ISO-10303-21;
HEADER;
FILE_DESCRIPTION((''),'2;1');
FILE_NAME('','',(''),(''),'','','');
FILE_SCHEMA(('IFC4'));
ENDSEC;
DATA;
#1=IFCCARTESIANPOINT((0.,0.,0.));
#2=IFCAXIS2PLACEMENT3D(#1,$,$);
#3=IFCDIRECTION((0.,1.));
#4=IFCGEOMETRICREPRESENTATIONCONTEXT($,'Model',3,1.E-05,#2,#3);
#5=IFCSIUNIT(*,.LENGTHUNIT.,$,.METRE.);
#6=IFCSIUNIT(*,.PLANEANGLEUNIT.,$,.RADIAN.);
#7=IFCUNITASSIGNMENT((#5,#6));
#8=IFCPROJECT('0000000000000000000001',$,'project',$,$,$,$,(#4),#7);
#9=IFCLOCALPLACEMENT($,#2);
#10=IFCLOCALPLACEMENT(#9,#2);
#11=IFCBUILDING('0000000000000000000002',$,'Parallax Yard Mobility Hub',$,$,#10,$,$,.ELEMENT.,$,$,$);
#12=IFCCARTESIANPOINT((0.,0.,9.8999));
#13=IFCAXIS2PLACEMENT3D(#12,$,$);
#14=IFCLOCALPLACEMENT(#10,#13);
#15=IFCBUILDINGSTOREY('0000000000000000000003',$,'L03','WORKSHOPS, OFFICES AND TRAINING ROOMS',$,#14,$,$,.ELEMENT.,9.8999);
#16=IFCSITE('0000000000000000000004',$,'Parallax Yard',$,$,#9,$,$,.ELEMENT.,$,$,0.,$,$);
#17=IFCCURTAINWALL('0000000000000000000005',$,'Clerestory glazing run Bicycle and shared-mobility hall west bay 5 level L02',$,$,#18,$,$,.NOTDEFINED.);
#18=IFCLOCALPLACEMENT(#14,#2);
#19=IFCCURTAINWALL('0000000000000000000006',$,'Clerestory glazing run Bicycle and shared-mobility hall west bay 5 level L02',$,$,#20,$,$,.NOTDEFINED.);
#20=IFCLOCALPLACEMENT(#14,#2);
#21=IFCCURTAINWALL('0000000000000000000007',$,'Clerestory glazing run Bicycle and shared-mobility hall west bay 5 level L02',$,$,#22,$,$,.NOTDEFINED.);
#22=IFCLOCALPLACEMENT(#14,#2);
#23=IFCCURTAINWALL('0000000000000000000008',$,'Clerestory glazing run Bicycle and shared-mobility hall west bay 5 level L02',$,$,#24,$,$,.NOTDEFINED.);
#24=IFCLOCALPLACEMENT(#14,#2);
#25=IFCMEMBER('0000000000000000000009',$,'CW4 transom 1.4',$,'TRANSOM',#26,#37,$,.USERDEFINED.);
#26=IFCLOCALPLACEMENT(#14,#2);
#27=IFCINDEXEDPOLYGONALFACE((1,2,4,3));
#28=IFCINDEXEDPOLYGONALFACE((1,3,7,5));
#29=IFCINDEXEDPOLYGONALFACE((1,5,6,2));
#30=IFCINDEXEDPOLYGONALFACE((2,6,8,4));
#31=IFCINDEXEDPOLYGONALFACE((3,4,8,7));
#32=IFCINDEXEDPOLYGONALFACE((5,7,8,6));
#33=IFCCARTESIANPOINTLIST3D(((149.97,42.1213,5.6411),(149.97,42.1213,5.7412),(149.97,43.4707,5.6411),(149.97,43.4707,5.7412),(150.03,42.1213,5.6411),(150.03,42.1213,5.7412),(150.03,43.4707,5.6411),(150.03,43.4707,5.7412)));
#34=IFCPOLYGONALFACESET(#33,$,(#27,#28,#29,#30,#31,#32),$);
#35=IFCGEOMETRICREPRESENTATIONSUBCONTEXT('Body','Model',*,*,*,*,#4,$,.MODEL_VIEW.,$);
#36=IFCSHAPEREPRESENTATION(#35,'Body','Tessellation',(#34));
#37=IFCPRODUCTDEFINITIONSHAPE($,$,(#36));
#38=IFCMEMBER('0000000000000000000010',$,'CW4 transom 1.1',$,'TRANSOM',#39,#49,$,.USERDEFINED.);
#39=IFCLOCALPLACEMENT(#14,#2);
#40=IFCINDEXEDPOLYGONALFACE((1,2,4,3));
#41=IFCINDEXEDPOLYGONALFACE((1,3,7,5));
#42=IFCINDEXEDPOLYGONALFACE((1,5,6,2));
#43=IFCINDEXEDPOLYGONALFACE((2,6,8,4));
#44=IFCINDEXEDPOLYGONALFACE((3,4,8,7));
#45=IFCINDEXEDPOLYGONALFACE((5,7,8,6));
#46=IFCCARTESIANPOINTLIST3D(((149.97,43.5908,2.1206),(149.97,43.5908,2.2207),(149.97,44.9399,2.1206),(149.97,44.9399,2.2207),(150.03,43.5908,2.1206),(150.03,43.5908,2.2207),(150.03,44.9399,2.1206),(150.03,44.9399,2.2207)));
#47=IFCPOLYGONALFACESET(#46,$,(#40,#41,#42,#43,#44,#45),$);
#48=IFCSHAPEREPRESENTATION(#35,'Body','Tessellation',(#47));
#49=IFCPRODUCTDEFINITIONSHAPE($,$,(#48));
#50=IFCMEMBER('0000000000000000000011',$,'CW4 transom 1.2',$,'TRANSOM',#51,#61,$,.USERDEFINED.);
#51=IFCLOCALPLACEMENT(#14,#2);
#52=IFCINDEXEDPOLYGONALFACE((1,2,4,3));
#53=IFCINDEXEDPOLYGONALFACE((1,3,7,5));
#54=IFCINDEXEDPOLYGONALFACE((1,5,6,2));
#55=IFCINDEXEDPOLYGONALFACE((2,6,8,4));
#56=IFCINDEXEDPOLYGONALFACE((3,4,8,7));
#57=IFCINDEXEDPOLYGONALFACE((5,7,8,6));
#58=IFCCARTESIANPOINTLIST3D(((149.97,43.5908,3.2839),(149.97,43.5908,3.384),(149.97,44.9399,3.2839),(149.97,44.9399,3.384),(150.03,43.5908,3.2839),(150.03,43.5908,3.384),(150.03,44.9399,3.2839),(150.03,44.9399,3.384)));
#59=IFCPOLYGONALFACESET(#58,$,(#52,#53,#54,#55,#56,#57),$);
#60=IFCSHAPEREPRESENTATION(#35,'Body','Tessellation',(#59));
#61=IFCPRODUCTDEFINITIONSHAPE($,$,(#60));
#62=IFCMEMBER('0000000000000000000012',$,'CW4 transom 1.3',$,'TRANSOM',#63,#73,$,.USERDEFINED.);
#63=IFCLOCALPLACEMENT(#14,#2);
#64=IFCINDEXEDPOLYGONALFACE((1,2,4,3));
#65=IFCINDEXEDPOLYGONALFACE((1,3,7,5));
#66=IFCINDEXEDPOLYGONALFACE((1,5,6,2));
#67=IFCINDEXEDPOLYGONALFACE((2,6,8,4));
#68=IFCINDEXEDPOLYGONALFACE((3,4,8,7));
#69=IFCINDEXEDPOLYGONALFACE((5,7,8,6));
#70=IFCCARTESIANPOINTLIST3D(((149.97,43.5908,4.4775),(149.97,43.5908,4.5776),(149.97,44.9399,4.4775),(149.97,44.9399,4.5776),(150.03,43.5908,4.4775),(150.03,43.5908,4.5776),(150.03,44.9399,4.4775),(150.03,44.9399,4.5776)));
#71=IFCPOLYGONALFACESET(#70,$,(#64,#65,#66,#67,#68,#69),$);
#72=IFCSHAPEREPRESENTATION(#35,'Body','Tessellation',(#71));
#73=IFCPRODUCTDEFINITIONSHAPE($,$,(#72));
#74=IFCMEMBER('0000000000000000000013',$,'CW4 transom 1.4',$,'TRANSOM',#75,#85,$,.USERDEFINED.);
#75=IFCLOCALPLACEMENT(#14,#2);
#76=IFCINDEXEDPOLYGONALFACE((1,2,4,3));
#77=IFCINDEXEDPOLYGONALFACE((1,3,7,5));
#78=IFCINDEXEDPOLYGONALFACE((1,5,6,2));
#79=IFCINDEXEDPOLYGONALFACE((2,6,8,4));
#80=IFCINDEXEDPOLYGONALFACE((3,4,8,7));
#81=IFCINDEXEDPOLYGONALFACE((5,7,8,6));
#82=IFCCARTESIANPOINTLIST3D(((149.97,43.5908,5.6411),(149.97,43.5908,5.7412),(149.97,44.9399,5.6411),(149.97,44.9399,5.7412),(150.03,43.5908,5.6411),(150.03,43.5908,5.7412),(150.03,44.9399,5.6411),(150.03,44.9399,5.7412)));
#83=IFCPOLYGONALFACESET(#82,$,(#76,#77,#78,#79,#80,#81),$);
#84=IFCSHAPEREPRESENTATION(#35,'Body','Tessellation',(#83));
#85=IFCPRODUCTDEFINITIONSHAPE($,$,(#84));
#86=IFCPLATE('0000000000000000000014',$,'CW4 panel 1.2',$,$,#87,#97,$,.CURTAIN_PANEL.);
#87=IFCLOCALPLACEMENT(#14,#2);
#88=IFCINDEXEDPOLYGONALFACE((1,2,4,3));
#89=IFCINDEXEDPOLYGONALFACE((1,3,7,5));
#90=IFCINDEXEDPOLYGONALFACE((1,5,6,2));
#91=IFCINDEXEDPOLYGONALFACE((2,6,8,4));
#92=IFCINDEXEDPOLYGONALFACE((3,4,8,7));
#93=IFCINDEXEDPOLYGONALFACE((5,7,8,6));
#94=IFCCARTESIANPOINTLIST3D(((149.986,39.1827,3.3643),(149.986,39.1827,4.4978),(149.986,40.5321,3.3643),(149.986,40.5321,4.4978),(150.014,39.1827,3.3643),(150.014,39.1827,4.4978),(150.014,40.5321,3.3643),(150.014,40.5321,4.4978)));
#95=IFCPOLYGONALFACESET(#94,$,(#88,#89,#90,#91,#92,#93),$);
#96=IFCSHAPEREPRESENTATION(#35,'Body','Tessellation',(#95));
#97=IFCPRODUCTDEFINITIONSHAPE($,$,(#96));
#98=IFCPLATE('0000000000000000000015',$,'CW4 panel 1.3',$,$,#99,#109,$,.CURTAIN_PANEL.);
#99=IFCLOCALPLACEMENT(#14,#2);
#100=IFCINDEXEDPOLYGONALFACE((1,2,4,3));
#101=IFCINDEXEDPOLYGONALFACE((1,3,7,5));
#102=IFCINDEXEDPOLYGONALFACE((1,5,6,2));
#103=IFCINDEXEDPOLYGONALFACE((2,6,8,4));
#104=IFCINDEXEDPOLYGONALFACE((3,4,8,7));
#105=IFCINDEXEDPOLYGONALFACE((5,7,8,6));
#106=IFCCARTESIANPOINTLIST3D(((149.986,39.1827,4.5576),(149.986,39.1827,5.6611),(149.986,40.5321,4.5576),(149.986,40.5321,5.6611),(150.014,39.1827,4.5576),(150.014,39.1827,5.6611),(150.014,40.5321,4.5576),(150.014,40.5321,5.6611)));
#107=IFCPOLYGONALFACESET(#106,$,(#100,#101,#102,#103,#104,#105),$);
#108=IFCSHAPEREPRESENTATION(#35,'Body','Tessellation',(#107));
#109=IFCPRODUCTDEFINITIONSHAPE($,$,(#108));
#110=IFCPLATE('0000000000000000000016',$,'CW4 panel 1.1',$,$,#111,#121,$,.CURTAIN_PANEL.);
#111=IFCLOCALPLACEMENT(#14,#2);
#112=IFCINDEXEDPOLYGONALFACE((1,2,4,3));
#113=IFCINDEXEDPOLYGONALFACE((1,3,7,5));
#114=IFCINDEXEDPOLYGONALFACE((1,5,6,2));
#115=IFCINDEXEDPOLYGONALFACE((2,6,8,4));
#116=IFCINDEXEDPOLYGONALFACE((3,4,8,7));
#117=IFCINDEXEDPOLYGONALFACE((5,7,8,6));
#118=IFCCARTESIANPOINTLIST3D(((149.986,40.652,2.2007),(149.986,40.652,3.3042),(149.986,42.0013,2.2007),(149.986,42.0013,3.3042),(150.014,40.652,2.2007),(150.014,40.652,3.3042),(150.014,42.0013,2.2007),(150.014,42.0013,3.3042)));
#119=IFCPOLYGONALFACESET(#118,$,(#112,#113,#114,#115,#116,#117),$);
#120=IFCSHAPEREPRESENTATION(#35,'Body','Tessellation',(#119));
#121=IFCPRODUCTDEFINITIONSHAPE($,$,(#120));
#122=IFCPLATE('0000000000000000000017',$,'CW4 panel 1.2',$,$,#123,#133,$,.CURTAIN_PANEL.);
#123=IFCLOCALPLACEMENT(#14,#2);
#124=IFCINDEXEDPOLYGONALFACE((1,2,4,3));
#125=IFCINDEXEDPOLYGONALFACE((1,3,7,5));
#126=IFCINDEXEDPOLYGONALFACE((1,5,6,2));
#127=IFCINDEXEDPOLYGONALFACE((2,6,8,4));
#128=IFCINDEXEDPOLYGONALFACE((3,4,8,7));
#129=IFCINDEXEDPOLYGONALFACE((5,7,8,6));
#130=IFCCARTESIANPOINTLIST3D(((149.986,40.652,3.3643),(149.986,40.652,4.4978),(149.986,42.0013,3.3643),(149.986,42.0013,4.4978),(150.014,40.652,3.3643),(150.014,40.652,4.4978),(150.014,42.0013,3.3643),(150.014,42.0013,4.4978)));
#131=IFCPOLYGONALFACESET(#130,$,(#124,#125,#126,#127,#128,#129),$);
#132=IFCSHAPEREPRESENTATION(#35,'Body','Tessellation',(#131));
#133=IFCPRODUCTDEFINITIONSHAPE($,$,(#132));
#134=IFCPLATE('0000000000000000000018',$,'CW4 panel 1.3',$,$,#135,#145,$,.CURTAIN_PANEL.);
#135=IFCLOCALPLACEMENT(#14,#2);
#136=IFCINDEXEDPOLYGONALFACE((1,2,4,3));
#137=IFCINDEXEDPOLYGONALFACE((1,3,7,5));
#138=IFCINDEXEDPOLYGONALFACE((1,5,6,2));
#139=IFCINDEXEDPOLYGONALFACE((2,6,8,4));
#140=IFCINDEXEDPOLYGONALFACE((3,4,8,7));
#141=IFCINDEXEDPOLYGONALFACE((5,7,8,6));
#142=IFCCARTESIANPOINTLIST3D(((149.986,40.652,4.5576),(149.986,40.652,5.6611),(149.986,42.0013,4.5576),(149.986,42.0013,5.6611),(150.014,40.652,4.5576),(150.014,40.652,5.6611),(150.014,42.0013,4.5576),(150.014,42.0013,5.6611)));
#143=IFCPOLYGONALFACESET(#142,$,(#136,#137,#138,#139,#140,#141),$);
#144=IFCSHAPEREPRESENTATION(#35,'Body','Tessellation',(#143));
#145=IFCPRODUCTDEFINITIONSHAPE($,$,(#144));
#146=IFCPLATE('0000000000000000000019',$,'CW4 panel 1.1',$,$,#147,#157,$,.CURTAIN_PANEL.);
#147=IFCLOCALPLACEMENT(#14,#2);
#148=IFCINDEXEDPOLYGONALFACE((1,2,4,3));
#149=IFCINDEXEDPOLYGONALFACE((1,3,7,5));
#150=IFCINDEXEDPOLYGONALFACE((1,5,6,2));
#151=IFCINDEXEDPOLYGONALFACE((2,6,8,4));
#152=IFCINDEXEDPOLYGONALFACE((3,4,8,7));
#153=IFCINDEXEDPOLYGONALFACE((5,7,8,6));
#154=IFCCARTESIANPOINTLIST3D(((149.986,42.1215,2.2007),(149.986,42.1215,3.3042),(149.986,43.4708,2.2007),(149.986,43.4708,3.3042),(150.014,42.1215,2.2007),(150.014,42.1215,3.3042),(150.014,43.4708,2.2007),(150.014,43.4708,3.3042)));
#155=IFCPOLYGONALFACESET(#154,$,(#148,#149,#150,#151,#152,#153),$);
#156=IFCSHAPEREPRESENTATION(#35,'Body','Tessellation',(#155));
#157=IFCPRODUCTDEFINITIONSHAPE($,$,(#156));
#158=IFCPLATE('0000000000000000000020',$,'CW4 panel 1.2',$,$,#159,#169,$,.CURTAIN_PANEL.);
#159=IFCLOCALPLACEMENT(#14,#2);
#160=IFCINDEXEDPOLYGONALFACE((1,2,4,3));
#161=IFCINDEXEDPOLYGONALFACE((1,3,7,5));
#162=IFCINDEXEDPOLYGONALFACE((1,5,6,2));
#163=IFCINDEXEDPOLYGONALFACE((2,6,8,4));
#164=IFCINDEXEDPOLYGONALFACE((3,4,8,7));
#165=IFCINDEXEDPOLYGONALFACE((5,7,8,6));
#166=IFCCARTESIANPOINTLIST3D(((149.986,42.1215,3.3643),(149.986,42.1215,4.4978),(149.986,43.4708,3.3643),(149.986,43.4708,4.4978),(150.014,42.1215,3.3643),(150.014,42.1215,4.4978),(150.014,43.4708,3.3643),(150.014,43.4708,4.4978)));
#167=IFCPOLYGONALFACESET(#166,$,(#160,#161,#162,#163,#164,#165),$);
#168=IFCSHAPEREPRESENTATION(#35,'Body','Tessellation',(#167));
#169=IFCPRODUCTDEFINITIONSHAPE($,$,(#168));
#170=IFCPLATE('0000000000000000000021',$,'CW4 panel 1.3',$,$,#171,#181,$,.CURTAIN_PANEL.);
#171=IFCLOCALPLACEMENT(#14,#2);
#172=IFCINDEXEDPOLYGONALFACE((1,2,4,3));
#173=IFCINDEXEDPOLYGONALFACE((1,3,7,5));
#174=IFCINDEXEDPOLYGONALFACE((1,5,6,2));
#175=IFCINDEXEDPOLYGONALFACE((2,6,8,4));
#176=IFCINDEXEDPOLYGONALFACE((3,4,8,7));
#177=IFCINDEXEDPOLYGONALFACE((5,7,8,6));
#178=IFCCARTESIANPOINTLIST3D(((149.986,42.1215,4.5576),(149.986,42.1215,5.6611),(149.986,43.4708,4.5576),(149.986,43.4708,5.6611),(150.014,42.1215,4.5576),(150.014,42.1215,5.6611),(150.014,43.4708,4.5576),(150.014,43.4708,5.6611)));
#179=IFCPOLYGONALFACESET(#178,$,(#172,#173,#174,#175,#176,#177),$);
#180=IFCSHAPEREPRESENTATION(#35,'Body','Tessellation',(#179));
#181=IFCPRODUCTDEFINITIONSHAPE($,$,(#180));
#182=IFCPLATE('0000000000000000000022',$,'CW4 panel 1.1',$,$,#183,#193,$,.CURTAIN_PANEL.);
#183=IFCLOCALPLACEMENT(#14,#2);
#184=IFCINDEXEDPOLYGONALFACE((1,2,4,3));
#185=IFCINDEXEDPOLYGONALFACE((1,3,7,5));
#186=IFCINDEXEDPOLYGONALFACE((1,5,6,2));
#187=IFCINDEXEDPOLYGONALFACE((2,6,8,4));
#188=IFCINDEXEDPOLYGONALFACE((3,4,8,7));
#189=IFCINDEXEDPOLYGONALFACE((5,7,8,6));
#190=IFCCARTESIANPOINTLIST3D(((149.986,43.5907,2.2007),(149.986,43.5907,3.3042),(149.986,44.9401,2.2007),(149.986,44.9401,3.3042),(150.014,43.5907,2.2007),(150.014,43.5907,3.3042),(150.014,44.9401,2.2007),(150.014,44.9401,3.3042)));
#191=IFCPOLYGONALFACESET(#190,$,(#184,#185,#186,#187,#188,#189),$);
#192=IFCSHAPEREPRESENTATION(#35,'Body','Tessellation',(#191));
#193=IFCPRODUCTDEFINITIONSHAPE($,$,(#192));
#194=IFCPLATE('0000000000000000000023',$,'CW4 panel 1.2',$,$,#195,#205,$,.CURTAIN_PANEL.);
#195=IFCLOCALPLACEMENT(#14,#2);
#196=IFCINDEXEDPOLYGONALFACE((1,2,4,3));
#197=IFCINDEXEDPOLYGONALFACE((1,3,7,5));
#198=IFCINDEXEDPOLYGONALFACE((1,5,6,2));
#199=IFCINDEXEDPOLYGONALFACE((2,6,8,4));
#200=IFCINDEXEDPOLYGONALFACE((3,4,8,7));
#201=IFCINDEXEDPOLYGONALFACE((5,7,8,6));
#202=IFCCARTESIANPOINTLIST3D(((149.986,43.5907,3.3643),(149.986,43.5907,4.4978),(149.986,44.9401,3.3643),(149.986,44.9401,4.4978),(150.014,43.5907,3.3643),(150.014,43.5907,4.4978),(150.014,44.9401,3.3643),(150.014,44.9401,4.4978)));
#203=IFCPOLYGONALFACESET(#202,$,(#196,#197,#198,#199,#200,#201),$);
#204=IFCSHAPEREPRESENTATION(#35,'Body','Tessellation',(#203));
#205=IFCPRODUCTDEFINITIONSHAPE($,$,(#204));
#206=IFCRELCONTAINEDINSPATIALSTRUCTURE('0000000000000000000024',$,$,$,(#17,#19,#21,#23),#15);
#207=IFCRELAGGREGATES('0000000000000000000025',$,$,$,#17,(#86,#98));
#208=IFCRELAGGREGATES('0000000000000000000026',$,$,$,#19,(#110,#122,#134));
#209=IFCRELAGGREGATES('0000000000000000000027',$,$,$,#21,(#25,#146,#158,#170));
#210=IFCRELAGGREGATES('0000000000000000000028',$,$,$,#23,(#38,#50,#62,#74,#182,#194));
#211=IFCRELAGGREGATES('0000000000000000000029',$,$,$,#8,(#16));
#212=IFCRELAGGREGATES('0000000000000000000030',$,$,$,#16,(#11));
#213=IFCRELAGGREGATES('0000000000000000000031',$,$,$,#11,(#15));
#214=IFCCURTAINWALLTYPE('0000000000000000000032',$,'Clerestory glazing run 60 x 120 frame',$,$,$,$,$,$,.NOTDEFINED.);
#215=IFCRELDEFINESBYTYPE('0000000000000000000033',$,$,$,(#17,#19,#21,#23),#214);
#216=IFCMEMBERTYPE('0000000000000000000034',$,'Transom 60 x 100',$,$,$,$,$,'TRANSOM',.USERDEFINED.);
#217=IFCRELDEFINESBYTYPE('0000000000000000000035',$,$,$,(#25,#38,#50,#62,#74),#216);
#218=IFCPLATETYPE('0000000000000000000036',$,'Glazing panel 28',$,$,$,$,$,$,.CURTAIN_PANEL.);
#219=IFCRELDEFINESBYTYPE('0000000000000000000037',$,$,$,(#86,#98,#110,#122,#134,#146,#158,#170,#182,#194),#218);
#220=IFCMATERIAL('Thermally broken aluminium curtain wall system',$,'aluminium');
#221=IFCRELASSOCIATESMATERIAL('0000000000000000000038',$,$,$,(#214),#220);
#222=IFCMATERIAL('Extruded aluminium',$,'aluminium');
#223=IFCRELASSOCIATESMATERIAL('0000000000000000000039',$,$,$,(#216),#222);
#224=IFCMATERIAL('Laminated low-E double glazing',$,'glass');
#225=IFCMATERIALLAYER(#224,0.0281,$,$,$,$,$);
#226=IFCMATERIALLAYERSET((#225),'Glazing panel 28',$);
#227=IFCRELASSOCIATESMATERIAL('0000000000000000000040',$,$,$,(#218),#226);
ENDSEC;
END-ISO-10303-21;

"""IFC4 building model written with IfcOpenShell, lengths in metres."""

from ifc_helpers import new_model, si_unit, direction, frame, origin, origin_2d, place, context, subcontext, project, spatial, rectangle, extrude, material, layer, layer_set, material_profile, profile_set, type_object, element, aggregate, save


model = new_model("IFC4")

# Units and contexts
model_context = context("Model", 3, precision=1e-05, world=origin(), true_north=direction((0.0, 1.0)))
body_context = subcontext(model_context, "Body", "Model", "MODEL_VIEW")
ifc_project = project(units=[si_unit("LENGTHUNIT", "METRE"), si_unit("PLANEANGLEUNIT", "RADIAN")], contexts=[model_context])

# Site, building, storey
site_placement = place(None, origin())
site = spatial("IfcSite", under=ifc_project, at=site_placement, Name="Parallax Yard", CompositionType="ELEMENT", RefElevation=0.0)
building_placement = place(site_placement, origin())
building = spatial("IfcBuilding", under=site, at=building_placement, Name="Parallax Yard Mobility Hub", CompositionType="ELEMENT")
storey_placement = place(building_placement, frame((0.0, 0.0, 9.8999)))
storey = spatial("IfcBuildingStorey", under=building, at=storey_placement, Name="L03", Description="WORKSHOPS, OFFICES AND TRAINING ROOMS", CompositionType="ELEMENT", Elevation=9.8999)

# Curtain wall
ifc_material_1 = material(Name="Thermally broken aluminium curtain wall system", Category="aluminium")
curtain_wall_type = type_object("IfcCurtainWallType", Name="Clerestory glazing run 60 x 120 frame", PredefinedType="NOTDEFINED", material=ifc_material_1)
ifc_material_2 = material(Name="Extruded aluminium", Category="aluminium")
curtain_wall_1_placement = place(storey_placement, origin())
curtain_wall_1 = element("IfcCurtainWall", 1, at=curtain_wall_1_placement, inside=storey, type_object=curtain_wall_type, Name="Clerestory glazing run Bicycle and shared-mobility hall west bay 5 level L02", PredefinedType="NOTDEFINED")

# Curtain walls
curtain_wall_2_placement = place(storey_placement, origin())
curtain_wall_2 = element("IfcCurtainWall", 2, at=curtain_wall_2_placement, inside=storey, type_object=curtain_wall_type, Name="Clerestory glazing run Bicycle and shared-mobility hall west bay 5 level L02", PredefinedType="NOTDEFINED")
curtain_wall_3_placement = place(storey_placement, origin())
curtain_wall_3 = element("IfcCurtainWall", 3, at=curtain_wall_3_placement, inside=storey, type_object=curtain_wall_type, Name="Clerestory glazing run Bicycle and shared-mobility hall west bay 5 level L02", PredefinedType="NOTDEFINED")
curtain_wall_4_placement = place(storey_placement, origin())
curtain_wall_4 = element("IfcCurtainWall", 4, at=curtain_wall_4_placement, inside=storey, type_object=curtain_wall_type, Name="Clerestory glazing run Bicycle and shared-mobility hall west bay 5 level L02", PredefinedType="NOTDEFINED")

# Members
ifc_material_profile_1 = material_profile(ifc_material_2, rectangle(XDim=0.0601, YDim=0.1001, at=origin_2d()), Name="Transom 60 x 100")
ifc_profile_set_1 = profile_set([ifc_material_profile_1], Name="Extruded aluminium")
member_type_1 = type_object("IfcMemberType", Name="Transom 60 x 100", ElementType="TRANSOM", PredefinedType="USERDEFINED", material=ifc_profile_set_1)
member_1_placement = place(storey_placement, frame((150.0, 42.1213, 5.6912), z_axis=(0.0, 1.0, 0.0), x_axis=(-1.0, 0.0, 0.0)))
member_1 = element("IfcMember", 5, at=member_1_placement, type_object=member_type_1, Name="CW4 transom 1.4", ObjectType="TRANSOM", PredefinedType="USERDEFINED", context=body_context, shape_type="SweptSolid", body=[
    extrude(rectangle(XDim=0.0601, YDim=0.1001, at=origin_2d()), origin(), (0.0, 0.0, 1.0), 1.3494),
])
member_2_placement = place(storey_placement, frame((150.0, 43.5908, 2.1707), z_axis=(0.0, 1.0, 0.0), x_axis=(-1.0, 0.0, 0.0)))
member_2 = element("IfcMember", 6, at=member_2_placement, type_object=member_type_1, Name="CW4 transom 1.1", ObjectType="TRANSOM", PredefinedType="USERDEFINED", context=body_context, shape_type="SweptSolid", body=[
    extrude(rectangle(XDim=0.0601, YDim=0.1001, at=origin_2d()), origin(), (0.0, 0.0, 1.0), 1.3491),
])
member_3_placement = place(storey_placement, frame((150.0, 43.5908, 3.334), z_axis=(0.0, 1.0, 0.0), x_axis=(-1.0, 0.0, 0.0)))
member_3 = element("IfcMember", 7, at=member_3_placement, type_object=member_type_1, Name="CW4 transom 1.2", ObjectType="TRANSOM", PredefinedType="USERDEFINED", context=body_context, shape_type="SweptSolid", body=[
    extrude(rectangle(XDim=0.0601, YDim=0.1001, at=origin_2d()), origin(), (0.0, 0.0, 1.0), 1.3491),
])
member_4_placement = place(storey_placement, frame((150.0, 43.5908, 4.5276), z_axis=(0.0, 1.0, 0.0), x_axis=(-1.0, 0.0, 0.0)))
member_4 = element("IfcMember", 8, at=member_4_placement, type_object=member_type_1, Name="CW4 transom 1.3", ObjectType="TRANSOM", PredefinedType="USERDEFINED", context=body_context, shape_type="SweptSolid", body=[
    extrude(rectangle(XDim=0.0601, YDim=0.1001, at=origin_2d()), origin(), (0.0, 0.0, 1.0), 1.3491),
])
member_5_placement = place(storey_placement, frame((150.0, 43.5908, 5.6912), z_axis=(0.0, 1.0, 0.0), x_axis=(-1.0, 0.0, 0.0)))
member_5 = element("IfcMember", 9, at=member_5_placement, type_object=member_type_1, Name="CW4 transom 1.4", ObjectType="TRANSOM", PredefinedType="USERDEFINED", context=body_context, shape_type="SweptSolid", body=[
    extrude(rectangle(XDim=0.0601, YDim=0.1001, at=origin_2d()), origin(), (0.0, 0.0, 1.0), 1.3491),
])

# Plates
ifc_material_3 = material(Name="Laminated low-E double glazing", Category="glass")
ifc_layer = layer(ifc_material_3, 0.0281)
ifc_layer_set = layer_set([ifc_layer], Name="Glazing panel 28")
plate_type = type_object("IfcPlateType", Name="Glazing panel 28", PredefinedType="CURTAIN_PANEL", material=ifc_layer_set)
plate_1_placement = place(storey_placement, frame((150.0, 39.8574, 3.3643), z_axis=(0.0, 0.0, 1.0), x_axis=(0.0, 1.0, 0.0)))
plate_1 = element("IfcPlate", 10, at=plate_1_placement, type_object=plate_type, Name="CW4 panel 1.2", PredefinedType="CURTAIN_PANEL", context=body_context, shape_type="SweptSolid", body=[
    extrude(rectangle(XDim=1.3494, YDim=0.0281, at=origin_2d()), origin(), (0.0, 0.0, 1.0), 1.1335),
])
plate_2_placement = place(storey_placement, frame((150.0, 39.8574, 4.5576), z_axis=(0.0, 0.0, 1.0), x_axis=(0.0, 1.0, 0.0)))
plate_2 = element("IfcPlate", 11, at=plate_2_placement, type_object=plate_type, Name="CW4 panel 1.3", PredefinedType="CURTAIN_PANEL", context=body_context, shape_type="SweptSolid", body=[
    extrude(rectangle(XDim=1.3494, YDim=0.0281, at=origin_2d()), origin(), (0.0, 0.0, 1.0), 1.1035),
])
aggregate(curtain_wall_1, [plate_1, plate_2])
plate_3_placement = place(storey_placement, frame((150.0, 41.3267, 2.2007), z_axis=(0.0, 0.0, 1.0), x_axis=(0.0, 1.0, 0.0)))
plate_3 = element("IfcPlate", 12, at=plate_3_placement, type_object=plate_type, Name="CW4 panel 1.1", PredefinedType="CURTAIN_PANEL", context=body_context, shape_type="SweptSolid", body=[
    extrude(rectangle(XDim=1.3494, YDim=0.0281, at=origin_2d()), origin(), (0.0, 0.0, 1.0), 1.1035),
])
plate_4_placement = place(storey_placement, frame((150.0, 41.3267, 3.3643), z_axis=(0.0, 0.0, 1.0), x_axis=(0.0, 1.0, 0.0)))
plate_4 = element("IfcPlate", 13, at=plate_4_placement, type_object=plate_type, Name="CW4 panel 1.2", PredefinedType="CURTAIN_PANEL", context=body_context, shape_type="SweptSolid", body=[
    extrude(rectangle(XDim=1.3494, YDim=0.0281, at=origin_2d()), origin(), (0.0, 0.0, 1.0), 1.1335),
])
plate_5_placement = place(storey_placement, frame((150.0, 41.3267, 4.5576), z_axis=(0.0, 0.0, 1.0), x_axis=(0.0, 1.0, 0.0)))
plate_5 = element("IfcPlate", 14, at=plate_5_placement, type_object=plate_type, Name="CW4 panel 1.3", PredefinedType="CURTAIN_PANEL", context=body_context, shape_type="SweptSolid", body=[
    extrude(rectangle(XDim=1.3494, YDim=0.0281, at=origin_2d()), origin(), (0.0, 0.0, 1.0), 1.1035),
])
aggregate(curtain_wall_2, [plate_3, plate_4, plate_5])
plate_6_placement = place(storey_placement, frame((150.0, 42.7961, 2.2007), z_axis=(0.0, 0.0, 1.0), x_axis=(0.0, 1.0, 0.0)))
plate_6 = element("IfcPlate", 15, at=plate_6_placement, type_object=plate_type, Name="CW4 panel 1.1", PredefinedType="CURTAIN_PANEL", context=body_context, shape_type="SweptSolid", body=[
    extrude(rectangle(XDim=1.3494, YDim=0.0281, at=origin_2d()), origin(), (0.0, 0.0, 1.0), 1.1035),
])
plate_7_placement = place(storey_placement, frame((150.0, 42.7961, 3.3643), z_axis=(0.0, 0.0, 1.0), x_axis=(0.0, 1.0, 0.0)))
plate_7 = element("IfcPlate", 16, at=plate_7_placement, type_object=plate_type, Name="CW4 panel 1.2", PredefinedType="CURTAIN_PANEL", context=body_context, shape_type="SweptSolid", body=[
    extrude(rectangle(XDim=1.3494, YDim=0.0281, at=origin_2d()), origin(), (0.0, 0.0, 1.0), 1.1335),
])
plate_8_placement = place(storey_placement, frame((150.0, 42.7961, 4.5576), z_axis=(0.0, 0.0, 1.0), x_axis=(0.0, 1.0, 0.0)))
plate_8 = element("IfcPlate", 17, at=plate_8_placement, type_object=plate_type, Name="CW4 panel 1.3", PredefinedType="CURTAIN_PANEL", context=body_context, shape_type="SweptSolid", body=[
    extrude(rectangle(XDim=1.3494, YDim=0.0281, at=origin_2d()), origin(), (0.0, 0.0, 1.0), 1.1035),
])
aggregate(curtain_wall_3, [member_1, plate_6, plate_7, plate_8])
plate_9_placement = place(storey_placement, frame((150.0, 44.2654, 2.2007), z_axis=(0.0, 0.0, 1.0), x_axis=(0.0, 1.0, 0.0)))
plate_9 = element("IfcPlate", 18, at=plate_9_placement, type_object=plate_type, Name="CW4 panel 1.1", PredefinedType="CURTAIN_PANEL", context=body_context, shape_type="SweptSolid", body=[
    extrude(rectangle(XDim=1.3494, YDim=0.0281, at=origin_2d()), origin(), (0.0, 0.0, 1.0), 1.1035),
])
plate_10_placement = place(storey_placement, frame((150.0, 44.2654, 3.3643), z_axis=(0.0, 0.0, 1.0), x_axis=(0.0, 1.0, 0.0)))
plate_10 = element("IfcPlate", 19, at=plate_10_placement, type_object=plate_type, Name="CW4 panel 1.2", PredefinedType="CURTAIN_PANEL", context=body_context, shape_type="SweptSolid", body=[
    extrude(rectangle(XDim=1.3494, YDim=0.0281, at=origin_2d()), origin(), (0.0, 0.0, 1.0), 1.1335),
])
aggregate(curtain_wall_4, [member_2, member_3, member_4, member_5, plate_9, plate_10])

save(model, "model.ifc")
